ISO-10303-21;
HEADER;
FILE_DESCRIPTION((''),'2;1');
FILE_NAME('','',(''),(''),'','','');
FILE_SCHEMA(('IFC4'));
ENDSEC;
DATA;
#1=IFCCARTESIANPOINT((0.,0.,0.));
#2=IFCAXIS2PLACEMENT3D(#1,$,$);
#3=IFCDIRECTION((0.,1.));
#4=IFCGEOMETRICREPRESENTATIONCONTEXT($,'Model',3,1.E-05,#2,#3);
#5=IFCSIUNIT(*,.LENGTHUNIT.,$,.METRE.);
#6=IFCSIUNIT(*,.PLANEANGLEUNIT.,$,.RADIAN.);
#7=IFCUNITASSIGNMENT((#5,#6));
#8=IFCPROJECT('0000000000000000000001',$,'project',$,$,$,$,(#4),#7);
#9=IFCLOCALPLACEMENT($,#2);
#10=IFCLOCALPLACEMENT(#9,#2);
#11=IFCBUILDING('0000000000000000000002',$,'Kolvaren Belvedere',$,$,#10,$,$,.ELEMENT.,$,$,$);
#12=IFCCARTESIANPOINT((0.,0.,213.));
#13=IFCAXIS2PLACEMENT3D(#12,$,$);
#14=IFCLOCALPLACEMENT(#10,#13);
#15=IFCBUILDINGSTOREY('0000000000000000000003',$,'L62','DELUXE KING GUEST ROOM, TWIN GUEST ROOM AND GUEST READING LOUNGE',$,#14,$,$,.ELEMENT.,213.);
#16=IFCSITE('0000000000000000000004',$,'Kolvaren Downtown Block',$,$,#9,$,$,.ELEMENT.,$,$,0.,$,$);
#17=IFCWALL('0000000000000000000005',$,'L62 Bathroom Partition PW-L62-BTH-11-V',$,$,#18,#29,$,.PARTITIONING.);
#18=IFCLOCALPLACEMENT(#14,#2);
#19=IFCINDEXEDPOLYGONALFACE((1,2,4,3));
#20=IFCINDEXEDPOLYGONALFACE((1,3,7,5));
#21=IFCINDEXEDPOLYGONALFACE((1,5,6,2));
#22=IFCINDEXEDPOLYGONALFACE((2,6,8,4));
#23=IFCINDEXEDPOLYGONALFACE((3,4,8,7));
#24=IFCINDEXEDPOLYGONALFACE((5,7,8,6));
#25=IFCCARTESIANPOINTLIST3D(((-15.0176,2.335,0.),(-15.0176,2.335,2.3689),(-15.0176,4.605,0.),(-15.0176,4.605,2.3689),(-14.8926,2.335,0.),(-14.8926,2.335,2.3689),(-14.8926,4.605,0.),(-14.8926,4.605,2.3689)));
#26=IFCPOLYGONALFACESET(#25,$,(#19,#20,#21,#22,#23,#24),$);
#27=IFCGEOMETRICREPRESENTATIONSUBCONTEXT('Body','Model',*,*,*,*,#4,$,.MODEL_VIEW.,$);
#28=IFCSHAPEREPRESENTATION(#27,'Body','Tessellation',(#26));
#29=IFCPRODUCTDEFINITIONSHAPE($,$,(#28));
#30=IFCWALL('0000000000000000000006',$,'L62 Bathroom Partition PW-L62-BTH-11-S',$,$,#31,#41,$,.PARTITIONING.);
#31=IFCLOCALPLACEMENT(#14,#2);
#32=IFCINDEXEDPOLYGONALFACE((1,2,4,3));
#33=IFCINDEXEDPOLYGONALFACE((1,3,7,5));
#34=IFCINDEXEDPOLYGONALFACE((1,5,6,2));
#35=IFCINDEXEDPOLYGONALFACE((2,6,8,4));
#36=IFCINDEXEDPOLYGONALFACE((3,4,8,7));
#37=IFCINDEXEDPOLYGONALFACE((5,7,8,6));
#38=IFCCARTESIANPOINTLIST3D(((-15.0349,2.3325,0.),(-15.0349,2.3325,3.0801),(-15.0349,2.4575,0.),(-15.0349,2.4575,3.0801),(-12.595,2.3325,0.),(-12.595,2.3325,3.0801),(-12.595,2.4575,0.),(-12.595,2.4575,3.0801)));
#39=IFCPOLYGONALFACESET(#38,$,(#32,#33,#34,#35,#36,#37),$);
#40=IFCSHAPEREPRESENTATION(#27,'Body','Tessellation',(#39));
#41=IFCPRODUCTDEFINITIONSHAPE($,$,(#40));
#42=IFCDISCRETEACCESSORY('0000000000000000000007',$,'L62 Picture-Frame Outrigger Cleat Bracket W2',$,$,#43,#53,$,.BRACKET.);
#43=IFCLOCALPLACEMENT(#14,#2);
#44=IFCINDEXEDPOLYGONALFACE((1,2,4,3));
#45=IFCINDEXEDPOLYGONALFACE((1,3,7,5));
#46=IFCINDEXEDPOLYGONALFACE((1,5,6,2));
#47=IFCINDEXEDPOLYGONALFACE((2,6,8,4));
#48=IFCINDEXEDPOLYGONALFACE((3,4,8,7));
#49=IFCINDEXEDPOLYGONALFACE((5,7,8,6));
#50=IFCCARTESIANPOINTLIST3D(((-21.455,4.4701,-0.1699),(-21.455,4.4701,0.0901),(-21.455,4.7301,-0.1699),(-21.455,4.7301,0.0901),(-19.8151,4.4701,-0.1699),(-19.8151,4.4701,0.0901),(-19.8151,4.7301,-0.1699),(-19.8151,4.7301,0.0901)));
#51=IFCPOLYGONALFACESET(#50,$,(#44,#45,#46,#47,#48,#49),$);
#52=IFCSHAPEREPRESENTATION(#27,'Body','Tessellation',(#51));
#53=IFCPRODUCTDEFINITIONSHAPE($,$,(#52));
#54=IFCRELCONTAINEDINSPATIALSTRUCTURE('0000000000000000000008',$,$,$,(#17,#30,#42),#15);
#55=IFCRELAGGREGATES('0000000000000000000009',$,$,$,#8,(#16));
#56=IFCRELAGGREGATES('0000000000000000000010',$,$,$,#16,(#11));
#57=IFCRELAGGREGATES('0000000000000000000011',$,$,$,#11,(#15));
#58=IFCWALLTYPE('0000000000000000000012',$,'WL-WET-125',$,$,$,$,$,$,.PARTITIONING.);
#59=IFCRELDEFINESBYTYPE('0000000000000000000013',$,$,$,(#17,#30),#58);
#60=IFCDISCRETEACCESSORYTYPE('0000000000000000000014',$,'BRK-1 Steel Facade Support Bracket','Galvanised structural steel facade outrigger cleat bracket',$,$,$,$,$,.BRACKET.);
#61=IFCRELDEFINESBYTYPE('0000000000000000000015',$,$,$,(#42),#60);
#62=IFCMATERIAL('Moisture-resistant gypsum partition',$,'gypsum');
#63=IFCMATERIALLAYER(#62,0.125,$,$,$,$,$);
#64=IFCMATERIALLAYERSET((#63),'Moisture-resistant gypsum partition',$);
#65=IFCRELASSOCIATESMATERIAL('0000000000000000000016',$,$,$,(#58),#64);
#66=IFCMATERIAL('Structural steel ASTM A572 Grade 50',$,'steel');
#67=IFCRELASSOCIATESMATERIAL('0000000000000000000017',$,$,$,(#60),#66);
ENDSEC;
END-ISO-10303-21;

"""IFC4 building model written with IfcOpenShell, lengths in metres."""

from ifc_helpers import new_model, si_unit, direction, frame, frame_2d, origin, origin_2d, place, context, subcontext, project, spatial, rectangle, extrude, material, layer, layer_set, type_object, element, save


model = new_model("IFC4")

# Units and contexts
model_context = context("Model", 3, precision=1e-05, world=origin(), true_north=direction((0.0, 1.0)))
body_context = subcontext(model_context, "Body", "Model", "MODEL_VIEW")
ifc_project = project(units=[si_unit("LENGTHUNIT", "METRE"), si_unit("PLANEANGLEUNIT", "RADIAN")], contexts=[model_context])

# Site, building, storey
site_placement = place(None, origin())
site = spatial("IfcSite", under=ifc_project, at=site_placement, Name="Kolvaren Downtown Block", CompositionType="ELEMENT", RefElevation=0.0)
building_placement = place(site_placement, origin())
building = spatial("IfcBuilding", under=site, at=building_placement, Name="Kolvaren Belvedere", CompositionType="ELEMENT")
storey_placement = place(building_placement, frame((0.0, 0.0, 213.0)))
storey = spatial("IfcBuildingStorey", under=building, at=storey_placement, Name="L62", Description="DELUXE KING GUEST ROOM, TWIN GUEST ROOM AND GUEST READING LOUNGE", CompositionType="ELEMENT", Elevation=213.0)

# Shared definitions
ifc_material_1 = material(Name="Moisture-resistant gypsum partition", Category="gypsum")
ifc_layer_1 = layer(ifc_material_1, 0.125)
ifc_layer_set_1 = layer_set([ifc_layer_1], Name="Moisture-resistant gypsum partition")
wall_type_1 = type_object("IfcWallType", Name="WL-WET-125", PredefinedType="PARTITIONING", material=ifc_layer_set_1)

# Walls
wall_1_placement = place(storey_placement, frame((-14.9551, 2.335, 0.0), z_axis=(0.0, 0.0, 1.0), x_axis=(0.0, 1.0, 0.0)))
element("IfcWall", 1, at=wall_1_placement, inside=storey, type_object=wall_type_1, Name="L62 Bathroom Partition PW-L62-BTH-11-V", PredefinedType="PARTITIONING", context=body_context, shape_type="SweptSolid", body=[
    extrude(rectangle(XDim=2.27, YDim=0.125, at=frame_2d((1.135, 0.0))), origin(), (0.0, 0.0, 1.0), 2.3689),
])
wall_2_placement = place(storey_placement, frame((-15.0349, 2.395, 0.0), z_axis=(0.0, 0.0, 1.0), x_axis=(1.0, 0.0, 0.0)))
element("IfcWall", 2, at=wall_2_placement, inside=storey, type_object=wall_type_1, Name="L62 Bathroom Partition PW-L62-BTH-11-S", PredefinedType="PARTITIONING", context=body_context, shape_type="SweptSolid", body=[
    extrude(rectangle(XDim=2.4399, YDim=0.125, at=frame_2d((1.22, 0.0))), origin(), (0.0, 0.0, 1.0), 3.0801),
])

# Discrete accessory
ifc_material_2 = material(Name="Structural steel ASTM A572 Grade 50", Category="steel")
discrete_accessory_type = type_object("IfcDiscreteAccessoryType", Name="BRK-1 Steel Facade Support Bracket", Description="Galvanised structural steel facade outrigger cleat bracket", PredefinedType="BRACKET", material=ifc_material_2)
discrete_accessory_placement = place(storey_placement, frame((-20.635, 4.6001, -0.1699), z_axis=(0.0, 0.0, 1.0), x_axis=(1.0, 0.0, 0.0)))
element("IfcDiscreteAccessory", 3, at=discrete_accessory_placement, inside=storey, type_object=discrete_accessory_type, Name="L62 Picture-Frame Outrigger Cleat Bracket W2", PredefinedType="BRACKET", context=body_context, shape_type="SweptSolid", body=[
    extrude(rectangle(XDim=1.6399, YDim=0.26, at=origin_2d()), origin(), (0.0, 0.0, 1.0), 0.26),
])

save(model, "model.ifc")
